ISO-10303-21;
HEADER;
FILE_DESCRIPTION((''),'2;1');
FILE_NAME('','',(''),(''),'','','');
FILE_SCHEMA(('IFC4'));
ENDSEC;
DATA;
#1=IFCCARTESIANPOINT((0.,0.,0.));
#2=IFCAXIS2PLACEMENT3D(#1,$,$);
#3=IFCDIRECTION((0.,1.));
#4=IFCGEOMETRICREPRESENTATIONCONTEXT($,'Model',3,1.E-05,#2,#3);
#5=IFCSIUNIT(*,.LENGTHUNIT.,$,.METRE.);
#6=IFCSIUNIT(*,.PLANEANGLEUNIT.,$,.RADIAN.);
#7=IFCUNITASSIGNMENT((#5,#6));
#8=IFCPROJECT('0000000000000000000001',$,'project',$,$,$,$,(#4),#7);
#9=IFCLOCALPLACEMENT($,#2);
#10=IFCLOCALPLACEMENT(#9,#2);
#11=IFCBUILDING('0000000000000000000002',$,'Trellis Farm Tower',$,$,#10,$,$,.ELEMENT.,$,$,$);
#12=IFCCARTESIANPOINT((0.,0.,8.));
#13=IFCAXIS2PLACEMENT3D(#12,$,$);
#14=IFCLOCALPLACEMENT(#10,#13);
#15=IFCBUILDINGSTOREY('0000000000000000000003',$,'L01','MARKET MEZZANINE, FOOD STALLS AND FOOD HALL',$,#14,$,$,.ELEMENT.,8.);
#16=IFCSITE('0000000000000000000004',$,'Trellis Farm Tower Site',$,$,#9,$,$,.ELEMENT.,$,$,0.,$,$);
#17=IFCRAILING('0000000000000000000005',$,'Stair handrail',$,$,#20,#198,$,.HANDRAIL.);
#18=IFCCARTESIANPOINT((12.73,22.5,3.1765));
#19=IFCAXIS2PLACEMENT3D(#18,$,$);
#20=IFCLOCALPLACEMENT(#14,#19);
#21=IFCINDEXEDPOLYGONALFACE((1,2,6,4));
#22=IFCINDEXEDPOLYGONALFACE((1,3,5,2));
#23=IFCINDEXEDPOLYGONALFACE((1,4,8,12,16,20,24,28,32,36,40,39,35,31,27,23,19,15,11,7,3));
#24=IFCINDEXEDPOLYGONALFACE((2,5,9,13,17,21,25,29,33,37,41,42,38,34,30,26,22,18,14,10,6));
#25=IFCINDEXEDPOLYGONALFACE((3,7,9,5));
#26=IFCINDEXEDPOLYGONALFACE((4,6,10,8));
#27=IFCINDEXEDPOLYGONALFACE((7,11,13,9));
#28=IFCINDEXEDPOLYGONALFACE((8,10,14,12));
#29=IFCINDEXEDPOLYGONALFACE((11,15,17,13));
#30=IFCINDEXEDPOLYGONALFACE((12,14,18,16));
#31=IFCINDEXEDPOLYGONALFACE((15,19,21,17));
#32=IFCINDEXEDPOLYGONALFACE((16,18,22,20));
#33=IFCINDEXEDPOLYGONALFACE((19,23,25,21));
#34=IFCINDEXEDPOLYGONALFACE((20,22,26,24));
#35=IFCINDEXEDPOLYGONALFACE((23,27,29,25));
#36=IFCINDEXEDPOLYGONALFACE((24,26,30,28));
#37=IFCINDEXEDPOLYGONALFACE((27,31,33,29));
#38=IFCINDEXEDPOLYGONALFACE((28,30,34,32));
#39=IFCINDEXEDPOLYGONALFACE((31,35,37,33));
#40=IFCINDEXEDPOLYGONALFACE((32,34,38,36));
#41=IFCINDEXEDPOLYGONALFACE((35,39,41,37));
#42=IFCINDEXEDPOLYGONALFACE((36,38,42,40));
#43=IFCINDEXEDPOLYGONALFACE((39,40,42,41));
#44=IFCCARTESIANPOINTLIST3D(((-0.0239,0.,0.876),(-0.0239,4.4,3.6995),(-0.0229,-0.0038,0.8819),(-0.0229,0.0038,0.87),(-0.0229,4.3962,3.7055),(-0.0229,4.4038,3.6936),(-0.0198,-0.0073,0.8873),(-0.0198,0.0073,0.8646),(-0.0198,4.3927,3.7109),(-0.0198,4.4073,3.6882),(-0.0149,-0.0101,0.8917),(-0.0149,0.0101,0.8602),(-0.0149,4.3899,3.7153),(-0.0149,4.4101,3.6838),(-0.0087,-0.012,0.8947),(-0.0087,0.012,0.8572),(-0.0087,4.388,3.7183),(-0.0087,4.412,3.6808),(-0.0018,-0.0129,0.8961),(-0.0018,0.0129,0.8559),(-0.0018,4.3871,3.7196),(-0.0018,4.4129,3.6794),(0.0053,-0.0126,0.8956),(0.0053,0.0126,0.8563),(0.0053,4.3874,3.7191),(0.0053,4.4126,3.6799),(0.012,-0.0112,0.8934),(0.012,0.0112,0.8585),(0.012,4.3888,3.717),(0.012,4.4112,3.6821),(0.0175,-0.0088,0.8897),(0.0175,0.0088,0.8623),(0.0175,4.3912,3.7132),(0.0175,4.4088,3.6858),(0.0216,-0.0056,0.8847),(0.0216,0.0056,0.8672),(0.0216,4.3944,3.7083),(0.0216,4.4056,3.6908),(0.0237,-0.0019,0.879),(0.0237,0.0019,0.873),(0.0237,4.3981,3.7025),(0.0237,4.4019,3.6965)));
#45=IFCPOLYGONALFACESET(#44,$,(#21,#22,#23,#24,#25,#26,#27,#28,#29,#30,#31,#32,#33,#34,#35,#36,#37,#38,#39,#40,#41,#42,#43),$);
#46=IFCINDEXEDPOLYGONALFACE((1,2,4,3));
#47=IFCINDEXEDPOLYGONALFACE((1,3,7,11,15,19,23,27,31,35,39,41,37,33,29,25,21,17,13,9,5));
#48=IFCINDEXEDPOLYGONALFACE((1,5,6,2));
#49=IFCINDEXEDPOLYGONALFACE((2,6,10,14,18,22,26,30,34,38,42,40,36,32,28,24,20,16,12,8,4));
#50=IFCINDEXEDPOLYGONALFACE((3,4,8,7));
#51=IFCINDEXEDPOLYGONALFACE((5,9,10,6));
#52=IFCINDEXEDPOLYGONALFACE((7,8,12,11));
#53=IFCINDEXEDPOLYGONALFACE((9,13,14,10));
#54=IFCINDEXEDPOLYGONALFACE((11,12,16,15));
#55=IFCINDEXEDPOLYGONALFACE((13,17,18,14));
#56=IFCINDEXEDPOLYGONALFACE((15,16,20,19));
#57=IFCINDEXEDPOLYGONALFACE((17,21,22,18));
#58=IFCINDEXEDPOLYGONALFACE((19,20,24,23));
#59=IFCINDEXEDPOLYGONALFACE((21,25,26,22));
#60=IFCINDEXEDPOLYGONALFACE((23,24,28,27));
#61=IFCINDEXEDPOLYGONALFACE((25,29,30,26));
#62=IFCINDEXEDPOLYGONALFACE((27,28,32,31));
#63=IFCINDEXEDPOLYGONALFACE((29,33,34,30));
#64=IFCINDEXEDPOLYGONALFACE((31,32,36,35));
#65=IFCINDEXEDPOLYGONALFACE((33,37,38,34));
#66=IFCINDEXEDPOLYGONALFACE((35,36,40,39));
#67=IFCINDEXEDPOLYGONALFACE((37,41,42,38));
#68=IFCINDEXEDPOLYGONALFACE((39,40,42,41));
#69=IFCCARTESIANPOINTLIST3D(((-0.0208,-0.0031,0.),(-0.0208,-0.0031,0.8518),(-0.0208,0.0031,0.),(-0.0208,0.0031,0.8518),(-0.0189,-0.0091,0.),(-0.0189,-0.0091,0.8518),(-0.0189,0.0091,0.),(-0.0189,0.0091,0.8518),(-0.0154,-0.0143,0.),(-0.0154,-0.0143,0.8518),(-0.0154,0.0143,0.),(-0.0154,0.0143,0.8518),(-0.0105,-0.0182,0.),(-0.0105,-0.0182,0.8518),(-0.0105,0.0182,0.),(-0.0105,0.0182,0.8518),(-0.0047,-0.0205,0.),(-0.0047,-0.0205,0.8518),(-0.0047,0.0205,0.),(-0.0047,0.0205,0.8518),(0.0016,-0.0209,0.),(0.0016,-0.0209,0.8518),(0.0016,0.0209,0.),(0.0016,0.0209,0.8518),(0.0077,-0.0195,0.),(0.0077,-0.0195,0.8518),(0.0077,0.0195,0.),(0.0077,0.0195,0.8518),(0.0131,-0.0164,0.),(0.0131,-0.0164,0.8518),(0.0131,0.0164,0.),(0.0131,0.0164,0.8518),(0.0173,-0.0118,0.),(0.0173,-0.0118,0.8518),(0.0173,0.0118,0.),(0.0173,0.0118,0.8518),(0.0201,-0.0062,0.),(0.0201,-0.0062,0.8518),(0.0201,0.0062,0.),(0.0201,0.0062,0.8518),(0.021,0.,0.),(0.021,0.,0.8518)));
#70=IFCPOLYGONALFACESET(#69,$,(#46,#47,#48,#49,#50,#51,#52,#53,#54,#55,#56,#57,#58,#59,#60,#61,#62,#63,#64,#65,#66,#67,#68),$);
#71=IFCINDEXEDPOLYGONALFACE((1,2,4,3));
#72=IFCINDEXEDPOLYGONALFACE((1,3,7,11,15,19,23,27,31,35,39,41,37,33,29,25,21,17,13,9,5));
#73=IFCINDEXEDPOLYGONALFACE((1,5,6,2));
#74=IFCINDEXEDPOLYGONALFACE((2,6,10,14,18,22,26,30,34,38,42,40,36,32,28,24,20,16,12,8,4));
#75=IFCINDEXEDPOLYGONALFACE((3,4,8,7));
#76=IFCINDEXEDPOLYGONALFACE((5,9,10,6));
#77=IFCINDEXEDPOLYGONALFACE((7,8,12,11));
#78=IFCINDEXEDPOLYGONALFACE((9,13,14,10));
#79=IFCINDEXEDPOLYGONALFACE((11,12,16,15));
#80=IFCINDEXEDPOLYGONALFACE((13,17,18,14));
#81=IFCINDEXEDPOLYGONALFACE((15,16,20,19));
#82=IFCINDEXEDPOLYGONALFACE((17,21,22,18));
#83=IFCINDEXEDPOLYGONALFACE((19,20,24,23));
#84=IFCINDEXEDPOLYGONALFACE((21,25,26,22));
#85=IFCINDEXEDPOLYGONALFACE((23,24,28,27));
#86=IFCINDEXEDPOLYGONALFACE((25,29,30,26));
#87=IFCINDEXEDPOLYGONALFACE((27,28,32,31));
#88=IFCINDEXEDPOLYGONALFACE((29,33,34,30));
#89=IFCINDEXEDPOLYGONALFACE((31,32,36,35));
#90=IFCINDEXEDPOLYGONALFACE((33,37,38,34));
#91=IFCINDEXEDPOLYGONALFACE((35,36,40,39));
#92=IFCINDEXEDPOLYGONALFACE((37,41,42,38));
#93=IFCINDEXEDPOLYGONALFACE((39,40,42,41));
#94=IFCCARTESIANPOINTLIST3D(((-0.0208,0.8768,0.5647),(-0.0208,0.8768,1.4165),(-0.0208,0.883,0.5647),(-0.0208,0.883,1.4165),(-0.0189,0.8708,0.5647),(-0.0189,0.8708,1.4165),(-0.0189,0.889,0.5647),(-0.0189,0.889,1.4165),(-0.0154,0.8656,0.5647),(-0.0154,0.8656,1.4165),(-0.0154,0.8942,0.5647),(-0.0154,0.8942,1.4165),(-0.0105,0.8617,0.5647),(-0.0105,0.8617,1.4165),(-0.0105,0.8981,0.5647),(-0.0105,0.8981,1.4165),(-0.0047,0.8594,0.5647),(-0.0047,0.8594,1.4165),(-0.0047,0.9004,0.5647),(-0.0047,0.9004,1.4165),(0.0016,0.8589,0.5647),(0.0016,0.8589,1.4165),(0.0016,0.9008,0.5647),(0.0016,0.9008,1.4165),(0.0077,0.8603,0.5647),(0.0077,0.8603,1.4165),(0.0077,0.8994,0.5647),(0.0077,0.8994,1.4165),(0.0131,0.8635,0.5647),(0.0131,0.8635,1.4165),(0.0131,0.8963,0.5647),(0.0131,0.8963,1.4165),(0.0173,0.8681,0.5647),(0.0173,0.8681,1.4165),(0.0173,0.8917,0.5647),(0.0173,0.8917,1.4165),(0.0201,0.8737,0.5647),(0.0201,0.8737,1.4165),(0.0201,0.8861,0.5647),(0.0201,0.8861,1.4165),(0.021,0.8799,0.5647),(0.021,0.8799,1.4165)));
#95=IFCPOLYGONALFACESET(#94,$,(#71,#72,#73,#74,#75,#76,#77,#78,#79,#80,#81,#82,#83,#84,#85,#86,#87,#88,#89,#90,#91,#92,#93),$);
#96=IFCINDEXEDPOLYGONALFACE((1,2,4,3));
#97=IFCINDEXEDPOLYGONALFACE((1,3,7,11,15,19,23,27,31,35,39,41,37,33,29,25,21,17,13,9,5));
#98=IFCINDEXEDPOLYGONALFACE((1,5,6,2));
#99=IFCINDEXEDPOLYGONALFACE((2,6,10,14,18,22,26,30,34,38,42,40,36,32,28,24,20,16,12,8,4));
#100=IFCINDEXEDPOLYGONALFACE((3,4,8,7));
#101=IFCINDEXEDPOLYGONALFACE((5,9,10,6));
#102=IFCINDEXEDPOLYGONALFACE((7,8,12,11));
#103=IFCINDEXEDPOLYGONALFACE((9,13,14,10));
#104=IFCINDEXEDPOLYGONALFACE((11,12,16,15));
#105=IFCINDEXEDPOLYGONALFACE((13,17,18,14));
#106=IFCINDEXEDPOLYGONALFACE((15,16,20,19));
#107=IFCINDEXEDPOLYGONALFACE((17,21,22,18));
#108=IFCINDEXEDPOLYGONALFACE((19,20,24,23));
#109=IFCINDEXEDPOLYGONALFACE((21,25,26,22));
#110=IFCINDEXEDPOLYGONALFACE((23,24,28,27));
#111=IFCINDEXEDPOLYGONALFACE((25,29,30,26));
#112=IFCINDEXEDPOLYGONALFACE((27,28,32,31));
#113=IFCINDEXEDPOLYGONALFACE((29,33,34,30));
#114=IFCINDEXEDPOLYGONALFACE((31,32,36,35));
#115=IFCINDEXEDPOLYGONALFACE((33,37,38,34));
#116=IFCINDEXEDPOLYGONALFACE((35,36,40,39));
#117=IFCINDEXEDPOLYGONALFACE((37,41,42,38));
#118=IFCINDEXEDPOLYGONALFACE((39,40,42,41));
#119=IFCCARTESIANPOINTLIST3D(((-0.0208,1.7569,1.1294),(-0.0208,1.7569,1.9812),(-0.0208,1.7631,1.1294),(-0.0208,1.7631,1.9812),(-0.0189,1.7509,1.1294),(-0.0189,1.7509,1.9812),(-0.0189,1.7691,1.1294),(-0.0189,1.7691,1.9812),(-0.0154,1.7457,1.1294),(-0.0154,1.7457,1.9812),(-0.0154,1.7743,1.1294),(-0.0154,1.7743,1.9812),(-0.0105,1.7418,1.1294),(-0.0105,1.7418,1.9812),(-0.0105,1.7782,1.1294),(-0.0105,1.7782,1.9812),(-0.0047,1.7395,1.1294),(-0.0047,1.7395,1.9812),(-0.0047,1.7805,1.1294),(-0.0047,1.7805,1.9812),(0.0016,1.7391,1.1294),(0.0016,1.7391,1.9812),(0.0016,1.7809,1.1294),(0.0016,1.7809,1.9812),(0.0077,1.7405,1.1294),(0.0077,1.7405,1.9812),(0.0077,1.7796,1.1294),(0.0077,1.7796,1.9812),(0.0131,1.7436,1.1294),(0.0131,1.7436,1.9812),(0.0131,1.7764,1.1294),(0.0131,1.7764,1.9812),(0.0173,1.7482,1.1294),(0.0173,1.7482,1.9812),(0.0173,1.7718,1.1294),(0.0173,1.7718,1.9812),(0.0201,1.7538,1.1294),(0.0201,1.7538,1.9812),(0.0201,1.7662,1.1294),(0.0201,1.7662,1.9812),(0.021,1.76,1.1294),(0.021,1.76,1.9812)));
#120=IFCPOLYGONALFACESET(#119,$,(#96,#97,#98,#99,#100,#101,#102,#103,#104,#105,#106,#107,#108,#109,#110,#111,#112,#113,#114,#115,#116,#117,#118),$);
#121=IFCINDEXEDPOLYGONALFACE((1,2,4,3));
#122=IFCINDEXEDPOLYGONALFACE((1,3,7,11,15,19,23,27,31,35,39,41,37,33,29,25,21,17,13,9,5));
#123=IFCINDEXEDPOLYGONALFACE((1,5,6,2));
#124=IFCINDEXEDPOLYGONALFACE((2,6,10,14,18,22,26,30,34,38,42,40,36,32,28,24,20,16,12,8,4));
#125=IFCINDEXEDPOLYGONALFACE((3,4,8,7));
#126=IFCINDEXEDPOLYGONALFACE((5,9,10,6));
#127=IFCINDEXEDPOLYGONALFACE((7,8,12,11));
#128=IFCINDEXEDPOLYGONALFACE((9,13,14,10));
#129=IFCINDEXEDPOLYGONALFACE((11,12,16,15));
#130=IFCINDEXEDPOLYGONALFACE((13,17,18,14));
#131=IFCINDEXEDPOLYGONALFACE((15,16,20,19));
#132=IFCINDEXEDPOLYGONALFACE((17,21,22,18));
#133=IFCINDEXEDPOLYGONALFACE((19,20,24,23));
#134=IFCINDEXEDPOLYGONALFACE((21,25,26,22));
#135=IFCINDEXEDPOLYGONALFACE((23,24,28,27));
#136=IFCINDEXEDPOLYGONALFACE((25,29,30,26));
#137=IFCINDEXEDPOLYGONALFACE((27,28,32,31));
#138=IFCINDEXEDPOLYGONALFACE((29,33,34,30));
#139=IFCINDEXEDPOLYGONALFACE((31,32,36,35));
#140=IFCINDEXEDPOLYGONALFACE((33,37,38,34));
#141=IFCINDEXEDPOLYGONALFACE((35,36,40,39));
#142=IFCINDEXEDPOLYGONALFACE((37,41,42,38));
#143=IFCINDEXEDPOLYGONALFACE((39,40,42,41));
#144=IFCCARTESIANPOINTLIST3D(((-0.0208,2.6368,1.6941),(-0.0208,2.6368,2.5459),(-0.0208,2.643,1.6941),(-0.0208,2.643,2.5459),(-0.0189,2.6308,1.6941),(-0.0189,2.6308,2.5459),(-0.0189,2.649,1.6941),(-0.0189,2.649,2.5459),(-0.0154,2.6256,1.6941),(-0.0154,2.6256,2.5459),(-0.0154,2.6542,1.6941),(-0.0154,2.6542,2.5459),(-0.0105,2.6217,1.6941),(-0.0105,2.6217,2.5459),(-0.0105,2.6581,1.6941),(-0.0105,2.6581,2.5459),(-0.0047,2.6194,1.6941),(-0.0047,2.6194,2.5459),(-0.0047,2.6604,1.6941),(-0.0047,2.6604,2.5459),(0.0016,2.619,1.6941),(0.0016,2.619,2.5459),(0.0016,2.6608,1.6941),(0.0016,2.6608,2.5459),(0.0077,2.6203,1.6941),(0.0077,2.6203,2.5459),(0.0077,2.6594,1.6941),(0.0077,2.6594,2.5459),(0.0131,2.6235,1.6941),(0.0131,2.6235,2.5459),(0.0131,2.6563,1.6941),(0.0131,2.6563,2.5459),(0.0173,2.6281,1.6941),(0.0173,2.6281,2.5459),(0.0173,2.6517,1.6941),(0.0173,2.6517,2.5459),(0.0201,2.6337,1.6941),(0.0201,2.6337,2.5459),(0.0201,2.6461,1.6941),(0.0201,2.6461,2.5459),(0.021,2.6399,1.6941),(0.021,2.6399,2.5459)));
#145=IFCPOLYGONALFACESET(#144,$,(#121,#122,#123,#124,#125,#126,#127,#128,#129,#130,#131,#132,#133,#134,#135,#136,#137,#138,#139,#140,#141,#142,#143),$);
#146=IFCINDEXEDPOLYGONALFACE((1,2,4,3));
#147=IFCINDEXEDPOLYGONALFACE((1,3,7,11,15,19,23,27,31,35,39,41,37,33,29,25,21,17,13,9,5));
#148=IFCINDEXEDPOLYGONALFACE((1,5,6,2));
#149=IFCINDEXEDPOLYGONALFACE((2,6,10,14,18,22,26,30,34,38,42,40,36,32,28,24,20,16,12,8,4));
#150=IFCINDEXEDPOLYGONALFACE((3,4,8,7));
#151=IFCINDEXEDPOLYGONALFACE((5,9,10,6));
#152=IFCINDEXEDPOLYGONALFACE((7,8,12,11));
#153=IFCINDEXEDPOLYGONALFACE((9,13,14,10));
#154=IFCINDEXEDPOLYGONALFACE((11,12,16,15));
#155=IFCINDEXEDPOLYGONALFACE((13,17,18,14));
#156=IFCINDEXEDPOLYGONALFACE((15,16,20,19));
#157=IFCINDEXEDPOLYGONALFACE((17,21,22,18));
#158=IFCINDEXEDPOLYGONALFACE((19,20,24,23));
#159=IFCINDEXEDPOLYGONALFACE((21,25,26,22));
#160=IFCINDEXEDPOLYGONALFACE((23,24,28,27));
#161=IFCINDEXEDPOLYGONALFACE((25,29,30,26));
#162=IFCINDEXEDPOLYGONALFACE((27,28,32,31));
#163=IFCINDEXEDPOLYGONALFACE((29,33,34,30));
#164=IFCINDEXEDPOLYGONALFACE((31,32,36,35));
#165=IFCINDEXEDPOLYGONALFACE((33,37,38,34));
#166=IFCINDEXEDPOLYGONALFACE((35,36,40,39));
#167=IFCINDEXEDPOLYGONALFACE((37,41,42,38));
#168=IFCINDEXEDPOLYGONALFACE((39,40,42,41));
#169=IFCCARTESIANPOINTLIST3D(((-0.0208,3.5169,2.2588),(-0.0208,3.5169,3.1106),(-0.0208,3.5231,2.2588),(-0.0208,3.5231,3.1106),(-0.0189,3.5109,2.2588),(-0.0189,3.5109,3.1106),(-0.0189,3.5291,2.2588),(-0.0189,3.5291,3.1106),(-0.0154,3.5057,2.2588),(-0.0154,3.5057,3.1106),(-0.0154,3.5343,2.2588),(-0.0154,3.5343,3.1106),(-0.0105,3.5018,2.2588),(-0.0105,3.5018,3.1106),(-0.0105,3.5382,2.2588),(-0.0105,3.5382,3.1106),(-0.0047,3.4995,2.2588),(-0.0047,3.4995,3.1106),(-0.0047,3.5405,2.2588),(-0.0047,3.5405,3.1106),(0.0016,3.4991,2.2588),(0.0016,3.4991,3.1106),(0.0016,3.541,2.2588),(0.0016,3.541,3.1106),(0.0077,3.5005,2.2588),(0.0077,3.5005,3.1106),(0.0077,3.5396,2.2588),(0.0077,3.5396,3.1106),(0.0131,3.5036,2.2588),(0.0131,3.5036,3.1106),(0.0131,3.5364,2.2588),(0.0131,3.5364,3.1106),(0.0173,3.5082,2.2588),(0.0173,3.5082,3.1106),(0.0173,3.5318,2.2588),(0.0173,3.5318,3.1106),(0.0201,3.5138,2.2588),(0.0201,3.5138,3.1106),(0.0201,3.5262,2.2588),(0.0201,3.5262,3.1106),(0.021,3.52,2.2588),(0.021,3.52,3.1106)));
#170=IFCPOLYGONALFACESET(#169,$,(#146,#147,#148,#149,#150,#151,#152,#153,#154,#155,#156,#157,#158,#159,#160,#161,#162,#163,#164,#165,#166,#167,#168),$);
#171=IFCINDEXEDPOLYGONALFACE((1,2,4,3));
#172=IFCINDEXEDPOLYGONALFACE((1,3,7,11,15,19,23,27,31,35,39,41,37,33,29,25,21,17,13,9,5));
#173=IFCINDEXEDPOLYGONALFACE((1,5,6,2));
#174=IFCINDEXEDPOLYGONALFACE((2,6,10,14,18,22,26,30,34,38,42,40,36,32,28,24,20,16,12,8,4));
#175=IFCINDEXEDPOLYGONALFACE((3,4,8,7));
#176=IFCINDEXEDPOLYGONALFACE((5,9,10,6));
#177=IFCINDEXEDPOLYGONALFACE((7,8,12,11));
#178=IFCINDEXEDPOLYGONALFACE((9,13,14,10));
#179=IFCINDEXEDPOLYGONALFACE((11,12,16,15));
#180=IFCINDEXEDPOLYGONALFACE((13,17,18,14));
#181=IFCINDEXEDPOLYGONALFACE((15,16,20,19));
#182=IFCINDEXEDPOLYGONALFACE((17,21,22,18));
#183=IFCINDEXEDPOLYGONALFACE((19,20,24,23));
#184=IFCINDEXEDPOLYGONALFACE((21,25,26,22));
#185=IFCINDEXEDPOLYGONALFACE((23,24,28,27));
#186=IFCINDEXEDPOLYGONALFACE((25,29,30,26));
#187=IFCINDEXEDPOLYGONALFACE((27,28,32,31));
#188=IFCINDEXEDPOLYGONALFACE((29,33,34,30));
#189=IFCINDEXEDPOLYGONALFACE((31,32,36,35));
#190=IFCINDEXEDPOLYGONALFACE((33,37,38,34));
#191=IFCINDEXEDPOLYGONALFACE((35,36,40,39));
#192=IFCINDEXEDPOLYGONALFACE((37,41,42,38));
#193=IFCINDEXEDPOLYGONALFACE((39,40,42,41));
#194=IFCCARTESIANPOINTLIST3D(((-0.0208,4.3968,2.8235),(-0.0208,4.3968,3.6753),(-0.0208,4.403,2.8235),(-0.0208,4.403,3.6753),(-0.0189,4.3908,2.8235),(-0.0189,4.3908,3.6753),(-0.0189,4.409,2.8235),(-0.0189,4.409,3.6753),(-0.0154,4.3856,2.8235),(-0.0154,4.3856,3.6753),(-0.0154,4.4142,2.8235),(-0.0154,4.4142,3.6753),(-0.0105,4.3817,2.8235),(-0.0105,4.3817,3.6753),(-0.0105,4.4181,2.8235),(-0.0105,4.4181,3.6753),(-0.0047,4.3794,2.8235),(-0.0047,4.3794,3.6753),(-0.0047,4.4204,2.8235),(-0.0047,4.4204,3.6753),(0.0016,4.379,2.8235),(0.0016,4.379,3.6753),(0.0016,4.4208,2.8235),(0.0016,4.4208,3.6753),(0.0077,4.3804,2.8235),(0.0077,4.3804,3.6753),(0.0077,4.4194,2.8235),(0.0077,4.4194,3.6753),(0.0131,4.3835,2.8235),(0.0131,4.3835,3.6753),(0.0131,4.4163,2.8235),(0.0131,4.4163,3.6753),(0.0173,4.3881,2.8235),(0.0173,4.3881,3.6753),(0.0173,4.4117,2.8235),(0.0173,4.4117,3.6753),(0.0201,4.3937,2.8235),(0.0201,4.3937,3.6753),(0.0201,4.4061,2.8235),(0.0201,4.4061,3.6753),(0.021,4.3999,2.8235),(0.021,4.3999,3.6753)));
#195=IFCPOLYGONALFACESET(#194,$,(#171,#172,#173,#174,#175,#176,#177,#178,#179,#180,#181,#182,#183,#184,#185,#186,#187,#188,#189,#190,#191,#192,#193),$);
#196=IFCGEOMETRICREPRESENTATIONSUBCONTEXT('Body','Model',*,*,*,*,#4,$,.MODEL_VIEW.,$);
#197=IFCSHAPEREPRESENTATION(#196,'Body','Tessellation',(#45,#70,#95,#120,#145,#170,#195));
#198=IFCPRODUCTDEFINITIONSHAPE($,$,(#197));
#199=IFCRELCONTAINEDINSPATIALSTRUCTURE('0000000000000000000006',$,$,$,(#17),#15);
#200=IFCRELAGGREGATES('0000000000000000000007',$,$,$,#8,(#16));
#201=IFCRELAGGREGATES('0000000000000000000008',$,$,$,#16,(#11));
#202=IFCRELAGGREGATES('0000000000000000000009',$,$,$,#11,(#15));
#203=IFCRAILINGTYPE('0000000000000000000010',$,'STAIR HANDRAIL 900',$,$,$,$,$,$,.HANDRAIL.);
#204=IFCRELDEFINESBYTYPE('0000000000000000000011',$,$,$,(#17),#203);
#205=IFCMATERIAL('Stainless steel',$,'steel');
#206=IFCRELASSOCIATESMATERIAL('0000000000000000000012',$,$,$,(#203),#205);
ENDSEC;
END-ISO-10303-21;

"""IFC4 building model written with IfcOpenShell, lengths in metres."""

from ifc_helpers import new_model, si_unit, direction, frame, origin, origin_2d, place, context, subcontext, project, spatial, circle, extrude, source, transform, mapped, material, type_object, element, save


model = new_model("IFC4")

# Units and contexts
model_context = context("Model", 3, precision=1e-05, world=origin(), true_north=direction((0.0, 1.0)))
body_context = subcontext(model_context, "Body", "Model", "MODEL_VIEW")
ifc_project = project(units=[si_unit("LENGTHUNIT", "METRE"), si_unit("PLANEANGLEUNIT", "RADIAN")], contexts=[model_context])

# Site, building, storey
site_placement = place(None, origin())
site = spatial("IfcSite", under=ifc_project, at=site_placement, Name="Trellis Farm Tower Site", CompositionType="ELEMENT", RefElevation=0.0)
building_placement = place(site_placement, origin())
building = spatial("IfcBuilding", under=site, at=building_placement, Name="Trellis Farm Tower", CompositionType="ELEMENT")
storey_placement = place(building_placement, frame((0.0, 0.0, 8.0)))
storey = spatial("IfcBuildingStorey", under=building, at=storey_placement, Name="L01", Description="MARKET MEZZANINE, FOOD STALLS AND FOOD HALL", CompositionType="ELEMENT", Elevation=8.0)

# Railing
ifc_material_1 = material(Name="Stainless steel", Category="steel")
railing_type = type_object("IfcRailingType", Name="STAIR HANDRAIL 900", PredefinedType="HANDRAIL", material=ifc_material_1)
shared_shape_1 = source(origin(), body_context, "Body", "SweptSolid", [
    extrude(circle(Radius=0.0239, at=origin_2d()), frame((0.0, 0.0, 0.876), z_axis=(0.0, 0.841615, 0.540078), x_axis=(-1.0, 0.0, 0.0)), (0.0, 0.0, 1.0), 5.228),
    extrude(circle(Radius=0.021, at=origin_2d()), origin(), (0.0, 0.0, 1.0), 0.8518),
    extrude(circle(Radius=0.021, at=origin_2d()), frame((0.0, 0.8799, 0.5647)), (0.0, 0.0, 1.0), 0.8518),
    extrude(circle(Radius=0.021, at=origin_2d()), frame((0.0, 1.76, 1.1294)), (0.0, 0.0, 1.0), 0.8518),
    extrude(circle(Radius=0.021, at=origin_2d()), frame((0.0, 2.6399, 1.6941)), (0.0, 0.0, 1.0), 0.8518),
    extrude(circle(Radius=0.021, at=origin_2d()), frame((0.0, 3.52, 2.2588)), (0.0, 0.0, 1.0), 0.8518),
    extrude(circle(Radius=0.021, at=origin_2d()), frame((0.0, 4.3999, 2.8235)), (0.0, 0.0, 1.0), 0.8518),
])
for number, where, name in (
    (1, (12.73, 22.5, 3.1765), "Stair handrail"),
):
    element("IfcRailing", number, at=place(storey_placement, frame(where)), inside=storey, type_object=railing_type, Name=name, PredefinedType="HANDRAIL", context=body_context, shape_type="MappedRepresentation", body=[
        mapped(shared_shape_1, transform((0.0, 0.0, 0.0))),
    ])

save(model, "model.ifc")
